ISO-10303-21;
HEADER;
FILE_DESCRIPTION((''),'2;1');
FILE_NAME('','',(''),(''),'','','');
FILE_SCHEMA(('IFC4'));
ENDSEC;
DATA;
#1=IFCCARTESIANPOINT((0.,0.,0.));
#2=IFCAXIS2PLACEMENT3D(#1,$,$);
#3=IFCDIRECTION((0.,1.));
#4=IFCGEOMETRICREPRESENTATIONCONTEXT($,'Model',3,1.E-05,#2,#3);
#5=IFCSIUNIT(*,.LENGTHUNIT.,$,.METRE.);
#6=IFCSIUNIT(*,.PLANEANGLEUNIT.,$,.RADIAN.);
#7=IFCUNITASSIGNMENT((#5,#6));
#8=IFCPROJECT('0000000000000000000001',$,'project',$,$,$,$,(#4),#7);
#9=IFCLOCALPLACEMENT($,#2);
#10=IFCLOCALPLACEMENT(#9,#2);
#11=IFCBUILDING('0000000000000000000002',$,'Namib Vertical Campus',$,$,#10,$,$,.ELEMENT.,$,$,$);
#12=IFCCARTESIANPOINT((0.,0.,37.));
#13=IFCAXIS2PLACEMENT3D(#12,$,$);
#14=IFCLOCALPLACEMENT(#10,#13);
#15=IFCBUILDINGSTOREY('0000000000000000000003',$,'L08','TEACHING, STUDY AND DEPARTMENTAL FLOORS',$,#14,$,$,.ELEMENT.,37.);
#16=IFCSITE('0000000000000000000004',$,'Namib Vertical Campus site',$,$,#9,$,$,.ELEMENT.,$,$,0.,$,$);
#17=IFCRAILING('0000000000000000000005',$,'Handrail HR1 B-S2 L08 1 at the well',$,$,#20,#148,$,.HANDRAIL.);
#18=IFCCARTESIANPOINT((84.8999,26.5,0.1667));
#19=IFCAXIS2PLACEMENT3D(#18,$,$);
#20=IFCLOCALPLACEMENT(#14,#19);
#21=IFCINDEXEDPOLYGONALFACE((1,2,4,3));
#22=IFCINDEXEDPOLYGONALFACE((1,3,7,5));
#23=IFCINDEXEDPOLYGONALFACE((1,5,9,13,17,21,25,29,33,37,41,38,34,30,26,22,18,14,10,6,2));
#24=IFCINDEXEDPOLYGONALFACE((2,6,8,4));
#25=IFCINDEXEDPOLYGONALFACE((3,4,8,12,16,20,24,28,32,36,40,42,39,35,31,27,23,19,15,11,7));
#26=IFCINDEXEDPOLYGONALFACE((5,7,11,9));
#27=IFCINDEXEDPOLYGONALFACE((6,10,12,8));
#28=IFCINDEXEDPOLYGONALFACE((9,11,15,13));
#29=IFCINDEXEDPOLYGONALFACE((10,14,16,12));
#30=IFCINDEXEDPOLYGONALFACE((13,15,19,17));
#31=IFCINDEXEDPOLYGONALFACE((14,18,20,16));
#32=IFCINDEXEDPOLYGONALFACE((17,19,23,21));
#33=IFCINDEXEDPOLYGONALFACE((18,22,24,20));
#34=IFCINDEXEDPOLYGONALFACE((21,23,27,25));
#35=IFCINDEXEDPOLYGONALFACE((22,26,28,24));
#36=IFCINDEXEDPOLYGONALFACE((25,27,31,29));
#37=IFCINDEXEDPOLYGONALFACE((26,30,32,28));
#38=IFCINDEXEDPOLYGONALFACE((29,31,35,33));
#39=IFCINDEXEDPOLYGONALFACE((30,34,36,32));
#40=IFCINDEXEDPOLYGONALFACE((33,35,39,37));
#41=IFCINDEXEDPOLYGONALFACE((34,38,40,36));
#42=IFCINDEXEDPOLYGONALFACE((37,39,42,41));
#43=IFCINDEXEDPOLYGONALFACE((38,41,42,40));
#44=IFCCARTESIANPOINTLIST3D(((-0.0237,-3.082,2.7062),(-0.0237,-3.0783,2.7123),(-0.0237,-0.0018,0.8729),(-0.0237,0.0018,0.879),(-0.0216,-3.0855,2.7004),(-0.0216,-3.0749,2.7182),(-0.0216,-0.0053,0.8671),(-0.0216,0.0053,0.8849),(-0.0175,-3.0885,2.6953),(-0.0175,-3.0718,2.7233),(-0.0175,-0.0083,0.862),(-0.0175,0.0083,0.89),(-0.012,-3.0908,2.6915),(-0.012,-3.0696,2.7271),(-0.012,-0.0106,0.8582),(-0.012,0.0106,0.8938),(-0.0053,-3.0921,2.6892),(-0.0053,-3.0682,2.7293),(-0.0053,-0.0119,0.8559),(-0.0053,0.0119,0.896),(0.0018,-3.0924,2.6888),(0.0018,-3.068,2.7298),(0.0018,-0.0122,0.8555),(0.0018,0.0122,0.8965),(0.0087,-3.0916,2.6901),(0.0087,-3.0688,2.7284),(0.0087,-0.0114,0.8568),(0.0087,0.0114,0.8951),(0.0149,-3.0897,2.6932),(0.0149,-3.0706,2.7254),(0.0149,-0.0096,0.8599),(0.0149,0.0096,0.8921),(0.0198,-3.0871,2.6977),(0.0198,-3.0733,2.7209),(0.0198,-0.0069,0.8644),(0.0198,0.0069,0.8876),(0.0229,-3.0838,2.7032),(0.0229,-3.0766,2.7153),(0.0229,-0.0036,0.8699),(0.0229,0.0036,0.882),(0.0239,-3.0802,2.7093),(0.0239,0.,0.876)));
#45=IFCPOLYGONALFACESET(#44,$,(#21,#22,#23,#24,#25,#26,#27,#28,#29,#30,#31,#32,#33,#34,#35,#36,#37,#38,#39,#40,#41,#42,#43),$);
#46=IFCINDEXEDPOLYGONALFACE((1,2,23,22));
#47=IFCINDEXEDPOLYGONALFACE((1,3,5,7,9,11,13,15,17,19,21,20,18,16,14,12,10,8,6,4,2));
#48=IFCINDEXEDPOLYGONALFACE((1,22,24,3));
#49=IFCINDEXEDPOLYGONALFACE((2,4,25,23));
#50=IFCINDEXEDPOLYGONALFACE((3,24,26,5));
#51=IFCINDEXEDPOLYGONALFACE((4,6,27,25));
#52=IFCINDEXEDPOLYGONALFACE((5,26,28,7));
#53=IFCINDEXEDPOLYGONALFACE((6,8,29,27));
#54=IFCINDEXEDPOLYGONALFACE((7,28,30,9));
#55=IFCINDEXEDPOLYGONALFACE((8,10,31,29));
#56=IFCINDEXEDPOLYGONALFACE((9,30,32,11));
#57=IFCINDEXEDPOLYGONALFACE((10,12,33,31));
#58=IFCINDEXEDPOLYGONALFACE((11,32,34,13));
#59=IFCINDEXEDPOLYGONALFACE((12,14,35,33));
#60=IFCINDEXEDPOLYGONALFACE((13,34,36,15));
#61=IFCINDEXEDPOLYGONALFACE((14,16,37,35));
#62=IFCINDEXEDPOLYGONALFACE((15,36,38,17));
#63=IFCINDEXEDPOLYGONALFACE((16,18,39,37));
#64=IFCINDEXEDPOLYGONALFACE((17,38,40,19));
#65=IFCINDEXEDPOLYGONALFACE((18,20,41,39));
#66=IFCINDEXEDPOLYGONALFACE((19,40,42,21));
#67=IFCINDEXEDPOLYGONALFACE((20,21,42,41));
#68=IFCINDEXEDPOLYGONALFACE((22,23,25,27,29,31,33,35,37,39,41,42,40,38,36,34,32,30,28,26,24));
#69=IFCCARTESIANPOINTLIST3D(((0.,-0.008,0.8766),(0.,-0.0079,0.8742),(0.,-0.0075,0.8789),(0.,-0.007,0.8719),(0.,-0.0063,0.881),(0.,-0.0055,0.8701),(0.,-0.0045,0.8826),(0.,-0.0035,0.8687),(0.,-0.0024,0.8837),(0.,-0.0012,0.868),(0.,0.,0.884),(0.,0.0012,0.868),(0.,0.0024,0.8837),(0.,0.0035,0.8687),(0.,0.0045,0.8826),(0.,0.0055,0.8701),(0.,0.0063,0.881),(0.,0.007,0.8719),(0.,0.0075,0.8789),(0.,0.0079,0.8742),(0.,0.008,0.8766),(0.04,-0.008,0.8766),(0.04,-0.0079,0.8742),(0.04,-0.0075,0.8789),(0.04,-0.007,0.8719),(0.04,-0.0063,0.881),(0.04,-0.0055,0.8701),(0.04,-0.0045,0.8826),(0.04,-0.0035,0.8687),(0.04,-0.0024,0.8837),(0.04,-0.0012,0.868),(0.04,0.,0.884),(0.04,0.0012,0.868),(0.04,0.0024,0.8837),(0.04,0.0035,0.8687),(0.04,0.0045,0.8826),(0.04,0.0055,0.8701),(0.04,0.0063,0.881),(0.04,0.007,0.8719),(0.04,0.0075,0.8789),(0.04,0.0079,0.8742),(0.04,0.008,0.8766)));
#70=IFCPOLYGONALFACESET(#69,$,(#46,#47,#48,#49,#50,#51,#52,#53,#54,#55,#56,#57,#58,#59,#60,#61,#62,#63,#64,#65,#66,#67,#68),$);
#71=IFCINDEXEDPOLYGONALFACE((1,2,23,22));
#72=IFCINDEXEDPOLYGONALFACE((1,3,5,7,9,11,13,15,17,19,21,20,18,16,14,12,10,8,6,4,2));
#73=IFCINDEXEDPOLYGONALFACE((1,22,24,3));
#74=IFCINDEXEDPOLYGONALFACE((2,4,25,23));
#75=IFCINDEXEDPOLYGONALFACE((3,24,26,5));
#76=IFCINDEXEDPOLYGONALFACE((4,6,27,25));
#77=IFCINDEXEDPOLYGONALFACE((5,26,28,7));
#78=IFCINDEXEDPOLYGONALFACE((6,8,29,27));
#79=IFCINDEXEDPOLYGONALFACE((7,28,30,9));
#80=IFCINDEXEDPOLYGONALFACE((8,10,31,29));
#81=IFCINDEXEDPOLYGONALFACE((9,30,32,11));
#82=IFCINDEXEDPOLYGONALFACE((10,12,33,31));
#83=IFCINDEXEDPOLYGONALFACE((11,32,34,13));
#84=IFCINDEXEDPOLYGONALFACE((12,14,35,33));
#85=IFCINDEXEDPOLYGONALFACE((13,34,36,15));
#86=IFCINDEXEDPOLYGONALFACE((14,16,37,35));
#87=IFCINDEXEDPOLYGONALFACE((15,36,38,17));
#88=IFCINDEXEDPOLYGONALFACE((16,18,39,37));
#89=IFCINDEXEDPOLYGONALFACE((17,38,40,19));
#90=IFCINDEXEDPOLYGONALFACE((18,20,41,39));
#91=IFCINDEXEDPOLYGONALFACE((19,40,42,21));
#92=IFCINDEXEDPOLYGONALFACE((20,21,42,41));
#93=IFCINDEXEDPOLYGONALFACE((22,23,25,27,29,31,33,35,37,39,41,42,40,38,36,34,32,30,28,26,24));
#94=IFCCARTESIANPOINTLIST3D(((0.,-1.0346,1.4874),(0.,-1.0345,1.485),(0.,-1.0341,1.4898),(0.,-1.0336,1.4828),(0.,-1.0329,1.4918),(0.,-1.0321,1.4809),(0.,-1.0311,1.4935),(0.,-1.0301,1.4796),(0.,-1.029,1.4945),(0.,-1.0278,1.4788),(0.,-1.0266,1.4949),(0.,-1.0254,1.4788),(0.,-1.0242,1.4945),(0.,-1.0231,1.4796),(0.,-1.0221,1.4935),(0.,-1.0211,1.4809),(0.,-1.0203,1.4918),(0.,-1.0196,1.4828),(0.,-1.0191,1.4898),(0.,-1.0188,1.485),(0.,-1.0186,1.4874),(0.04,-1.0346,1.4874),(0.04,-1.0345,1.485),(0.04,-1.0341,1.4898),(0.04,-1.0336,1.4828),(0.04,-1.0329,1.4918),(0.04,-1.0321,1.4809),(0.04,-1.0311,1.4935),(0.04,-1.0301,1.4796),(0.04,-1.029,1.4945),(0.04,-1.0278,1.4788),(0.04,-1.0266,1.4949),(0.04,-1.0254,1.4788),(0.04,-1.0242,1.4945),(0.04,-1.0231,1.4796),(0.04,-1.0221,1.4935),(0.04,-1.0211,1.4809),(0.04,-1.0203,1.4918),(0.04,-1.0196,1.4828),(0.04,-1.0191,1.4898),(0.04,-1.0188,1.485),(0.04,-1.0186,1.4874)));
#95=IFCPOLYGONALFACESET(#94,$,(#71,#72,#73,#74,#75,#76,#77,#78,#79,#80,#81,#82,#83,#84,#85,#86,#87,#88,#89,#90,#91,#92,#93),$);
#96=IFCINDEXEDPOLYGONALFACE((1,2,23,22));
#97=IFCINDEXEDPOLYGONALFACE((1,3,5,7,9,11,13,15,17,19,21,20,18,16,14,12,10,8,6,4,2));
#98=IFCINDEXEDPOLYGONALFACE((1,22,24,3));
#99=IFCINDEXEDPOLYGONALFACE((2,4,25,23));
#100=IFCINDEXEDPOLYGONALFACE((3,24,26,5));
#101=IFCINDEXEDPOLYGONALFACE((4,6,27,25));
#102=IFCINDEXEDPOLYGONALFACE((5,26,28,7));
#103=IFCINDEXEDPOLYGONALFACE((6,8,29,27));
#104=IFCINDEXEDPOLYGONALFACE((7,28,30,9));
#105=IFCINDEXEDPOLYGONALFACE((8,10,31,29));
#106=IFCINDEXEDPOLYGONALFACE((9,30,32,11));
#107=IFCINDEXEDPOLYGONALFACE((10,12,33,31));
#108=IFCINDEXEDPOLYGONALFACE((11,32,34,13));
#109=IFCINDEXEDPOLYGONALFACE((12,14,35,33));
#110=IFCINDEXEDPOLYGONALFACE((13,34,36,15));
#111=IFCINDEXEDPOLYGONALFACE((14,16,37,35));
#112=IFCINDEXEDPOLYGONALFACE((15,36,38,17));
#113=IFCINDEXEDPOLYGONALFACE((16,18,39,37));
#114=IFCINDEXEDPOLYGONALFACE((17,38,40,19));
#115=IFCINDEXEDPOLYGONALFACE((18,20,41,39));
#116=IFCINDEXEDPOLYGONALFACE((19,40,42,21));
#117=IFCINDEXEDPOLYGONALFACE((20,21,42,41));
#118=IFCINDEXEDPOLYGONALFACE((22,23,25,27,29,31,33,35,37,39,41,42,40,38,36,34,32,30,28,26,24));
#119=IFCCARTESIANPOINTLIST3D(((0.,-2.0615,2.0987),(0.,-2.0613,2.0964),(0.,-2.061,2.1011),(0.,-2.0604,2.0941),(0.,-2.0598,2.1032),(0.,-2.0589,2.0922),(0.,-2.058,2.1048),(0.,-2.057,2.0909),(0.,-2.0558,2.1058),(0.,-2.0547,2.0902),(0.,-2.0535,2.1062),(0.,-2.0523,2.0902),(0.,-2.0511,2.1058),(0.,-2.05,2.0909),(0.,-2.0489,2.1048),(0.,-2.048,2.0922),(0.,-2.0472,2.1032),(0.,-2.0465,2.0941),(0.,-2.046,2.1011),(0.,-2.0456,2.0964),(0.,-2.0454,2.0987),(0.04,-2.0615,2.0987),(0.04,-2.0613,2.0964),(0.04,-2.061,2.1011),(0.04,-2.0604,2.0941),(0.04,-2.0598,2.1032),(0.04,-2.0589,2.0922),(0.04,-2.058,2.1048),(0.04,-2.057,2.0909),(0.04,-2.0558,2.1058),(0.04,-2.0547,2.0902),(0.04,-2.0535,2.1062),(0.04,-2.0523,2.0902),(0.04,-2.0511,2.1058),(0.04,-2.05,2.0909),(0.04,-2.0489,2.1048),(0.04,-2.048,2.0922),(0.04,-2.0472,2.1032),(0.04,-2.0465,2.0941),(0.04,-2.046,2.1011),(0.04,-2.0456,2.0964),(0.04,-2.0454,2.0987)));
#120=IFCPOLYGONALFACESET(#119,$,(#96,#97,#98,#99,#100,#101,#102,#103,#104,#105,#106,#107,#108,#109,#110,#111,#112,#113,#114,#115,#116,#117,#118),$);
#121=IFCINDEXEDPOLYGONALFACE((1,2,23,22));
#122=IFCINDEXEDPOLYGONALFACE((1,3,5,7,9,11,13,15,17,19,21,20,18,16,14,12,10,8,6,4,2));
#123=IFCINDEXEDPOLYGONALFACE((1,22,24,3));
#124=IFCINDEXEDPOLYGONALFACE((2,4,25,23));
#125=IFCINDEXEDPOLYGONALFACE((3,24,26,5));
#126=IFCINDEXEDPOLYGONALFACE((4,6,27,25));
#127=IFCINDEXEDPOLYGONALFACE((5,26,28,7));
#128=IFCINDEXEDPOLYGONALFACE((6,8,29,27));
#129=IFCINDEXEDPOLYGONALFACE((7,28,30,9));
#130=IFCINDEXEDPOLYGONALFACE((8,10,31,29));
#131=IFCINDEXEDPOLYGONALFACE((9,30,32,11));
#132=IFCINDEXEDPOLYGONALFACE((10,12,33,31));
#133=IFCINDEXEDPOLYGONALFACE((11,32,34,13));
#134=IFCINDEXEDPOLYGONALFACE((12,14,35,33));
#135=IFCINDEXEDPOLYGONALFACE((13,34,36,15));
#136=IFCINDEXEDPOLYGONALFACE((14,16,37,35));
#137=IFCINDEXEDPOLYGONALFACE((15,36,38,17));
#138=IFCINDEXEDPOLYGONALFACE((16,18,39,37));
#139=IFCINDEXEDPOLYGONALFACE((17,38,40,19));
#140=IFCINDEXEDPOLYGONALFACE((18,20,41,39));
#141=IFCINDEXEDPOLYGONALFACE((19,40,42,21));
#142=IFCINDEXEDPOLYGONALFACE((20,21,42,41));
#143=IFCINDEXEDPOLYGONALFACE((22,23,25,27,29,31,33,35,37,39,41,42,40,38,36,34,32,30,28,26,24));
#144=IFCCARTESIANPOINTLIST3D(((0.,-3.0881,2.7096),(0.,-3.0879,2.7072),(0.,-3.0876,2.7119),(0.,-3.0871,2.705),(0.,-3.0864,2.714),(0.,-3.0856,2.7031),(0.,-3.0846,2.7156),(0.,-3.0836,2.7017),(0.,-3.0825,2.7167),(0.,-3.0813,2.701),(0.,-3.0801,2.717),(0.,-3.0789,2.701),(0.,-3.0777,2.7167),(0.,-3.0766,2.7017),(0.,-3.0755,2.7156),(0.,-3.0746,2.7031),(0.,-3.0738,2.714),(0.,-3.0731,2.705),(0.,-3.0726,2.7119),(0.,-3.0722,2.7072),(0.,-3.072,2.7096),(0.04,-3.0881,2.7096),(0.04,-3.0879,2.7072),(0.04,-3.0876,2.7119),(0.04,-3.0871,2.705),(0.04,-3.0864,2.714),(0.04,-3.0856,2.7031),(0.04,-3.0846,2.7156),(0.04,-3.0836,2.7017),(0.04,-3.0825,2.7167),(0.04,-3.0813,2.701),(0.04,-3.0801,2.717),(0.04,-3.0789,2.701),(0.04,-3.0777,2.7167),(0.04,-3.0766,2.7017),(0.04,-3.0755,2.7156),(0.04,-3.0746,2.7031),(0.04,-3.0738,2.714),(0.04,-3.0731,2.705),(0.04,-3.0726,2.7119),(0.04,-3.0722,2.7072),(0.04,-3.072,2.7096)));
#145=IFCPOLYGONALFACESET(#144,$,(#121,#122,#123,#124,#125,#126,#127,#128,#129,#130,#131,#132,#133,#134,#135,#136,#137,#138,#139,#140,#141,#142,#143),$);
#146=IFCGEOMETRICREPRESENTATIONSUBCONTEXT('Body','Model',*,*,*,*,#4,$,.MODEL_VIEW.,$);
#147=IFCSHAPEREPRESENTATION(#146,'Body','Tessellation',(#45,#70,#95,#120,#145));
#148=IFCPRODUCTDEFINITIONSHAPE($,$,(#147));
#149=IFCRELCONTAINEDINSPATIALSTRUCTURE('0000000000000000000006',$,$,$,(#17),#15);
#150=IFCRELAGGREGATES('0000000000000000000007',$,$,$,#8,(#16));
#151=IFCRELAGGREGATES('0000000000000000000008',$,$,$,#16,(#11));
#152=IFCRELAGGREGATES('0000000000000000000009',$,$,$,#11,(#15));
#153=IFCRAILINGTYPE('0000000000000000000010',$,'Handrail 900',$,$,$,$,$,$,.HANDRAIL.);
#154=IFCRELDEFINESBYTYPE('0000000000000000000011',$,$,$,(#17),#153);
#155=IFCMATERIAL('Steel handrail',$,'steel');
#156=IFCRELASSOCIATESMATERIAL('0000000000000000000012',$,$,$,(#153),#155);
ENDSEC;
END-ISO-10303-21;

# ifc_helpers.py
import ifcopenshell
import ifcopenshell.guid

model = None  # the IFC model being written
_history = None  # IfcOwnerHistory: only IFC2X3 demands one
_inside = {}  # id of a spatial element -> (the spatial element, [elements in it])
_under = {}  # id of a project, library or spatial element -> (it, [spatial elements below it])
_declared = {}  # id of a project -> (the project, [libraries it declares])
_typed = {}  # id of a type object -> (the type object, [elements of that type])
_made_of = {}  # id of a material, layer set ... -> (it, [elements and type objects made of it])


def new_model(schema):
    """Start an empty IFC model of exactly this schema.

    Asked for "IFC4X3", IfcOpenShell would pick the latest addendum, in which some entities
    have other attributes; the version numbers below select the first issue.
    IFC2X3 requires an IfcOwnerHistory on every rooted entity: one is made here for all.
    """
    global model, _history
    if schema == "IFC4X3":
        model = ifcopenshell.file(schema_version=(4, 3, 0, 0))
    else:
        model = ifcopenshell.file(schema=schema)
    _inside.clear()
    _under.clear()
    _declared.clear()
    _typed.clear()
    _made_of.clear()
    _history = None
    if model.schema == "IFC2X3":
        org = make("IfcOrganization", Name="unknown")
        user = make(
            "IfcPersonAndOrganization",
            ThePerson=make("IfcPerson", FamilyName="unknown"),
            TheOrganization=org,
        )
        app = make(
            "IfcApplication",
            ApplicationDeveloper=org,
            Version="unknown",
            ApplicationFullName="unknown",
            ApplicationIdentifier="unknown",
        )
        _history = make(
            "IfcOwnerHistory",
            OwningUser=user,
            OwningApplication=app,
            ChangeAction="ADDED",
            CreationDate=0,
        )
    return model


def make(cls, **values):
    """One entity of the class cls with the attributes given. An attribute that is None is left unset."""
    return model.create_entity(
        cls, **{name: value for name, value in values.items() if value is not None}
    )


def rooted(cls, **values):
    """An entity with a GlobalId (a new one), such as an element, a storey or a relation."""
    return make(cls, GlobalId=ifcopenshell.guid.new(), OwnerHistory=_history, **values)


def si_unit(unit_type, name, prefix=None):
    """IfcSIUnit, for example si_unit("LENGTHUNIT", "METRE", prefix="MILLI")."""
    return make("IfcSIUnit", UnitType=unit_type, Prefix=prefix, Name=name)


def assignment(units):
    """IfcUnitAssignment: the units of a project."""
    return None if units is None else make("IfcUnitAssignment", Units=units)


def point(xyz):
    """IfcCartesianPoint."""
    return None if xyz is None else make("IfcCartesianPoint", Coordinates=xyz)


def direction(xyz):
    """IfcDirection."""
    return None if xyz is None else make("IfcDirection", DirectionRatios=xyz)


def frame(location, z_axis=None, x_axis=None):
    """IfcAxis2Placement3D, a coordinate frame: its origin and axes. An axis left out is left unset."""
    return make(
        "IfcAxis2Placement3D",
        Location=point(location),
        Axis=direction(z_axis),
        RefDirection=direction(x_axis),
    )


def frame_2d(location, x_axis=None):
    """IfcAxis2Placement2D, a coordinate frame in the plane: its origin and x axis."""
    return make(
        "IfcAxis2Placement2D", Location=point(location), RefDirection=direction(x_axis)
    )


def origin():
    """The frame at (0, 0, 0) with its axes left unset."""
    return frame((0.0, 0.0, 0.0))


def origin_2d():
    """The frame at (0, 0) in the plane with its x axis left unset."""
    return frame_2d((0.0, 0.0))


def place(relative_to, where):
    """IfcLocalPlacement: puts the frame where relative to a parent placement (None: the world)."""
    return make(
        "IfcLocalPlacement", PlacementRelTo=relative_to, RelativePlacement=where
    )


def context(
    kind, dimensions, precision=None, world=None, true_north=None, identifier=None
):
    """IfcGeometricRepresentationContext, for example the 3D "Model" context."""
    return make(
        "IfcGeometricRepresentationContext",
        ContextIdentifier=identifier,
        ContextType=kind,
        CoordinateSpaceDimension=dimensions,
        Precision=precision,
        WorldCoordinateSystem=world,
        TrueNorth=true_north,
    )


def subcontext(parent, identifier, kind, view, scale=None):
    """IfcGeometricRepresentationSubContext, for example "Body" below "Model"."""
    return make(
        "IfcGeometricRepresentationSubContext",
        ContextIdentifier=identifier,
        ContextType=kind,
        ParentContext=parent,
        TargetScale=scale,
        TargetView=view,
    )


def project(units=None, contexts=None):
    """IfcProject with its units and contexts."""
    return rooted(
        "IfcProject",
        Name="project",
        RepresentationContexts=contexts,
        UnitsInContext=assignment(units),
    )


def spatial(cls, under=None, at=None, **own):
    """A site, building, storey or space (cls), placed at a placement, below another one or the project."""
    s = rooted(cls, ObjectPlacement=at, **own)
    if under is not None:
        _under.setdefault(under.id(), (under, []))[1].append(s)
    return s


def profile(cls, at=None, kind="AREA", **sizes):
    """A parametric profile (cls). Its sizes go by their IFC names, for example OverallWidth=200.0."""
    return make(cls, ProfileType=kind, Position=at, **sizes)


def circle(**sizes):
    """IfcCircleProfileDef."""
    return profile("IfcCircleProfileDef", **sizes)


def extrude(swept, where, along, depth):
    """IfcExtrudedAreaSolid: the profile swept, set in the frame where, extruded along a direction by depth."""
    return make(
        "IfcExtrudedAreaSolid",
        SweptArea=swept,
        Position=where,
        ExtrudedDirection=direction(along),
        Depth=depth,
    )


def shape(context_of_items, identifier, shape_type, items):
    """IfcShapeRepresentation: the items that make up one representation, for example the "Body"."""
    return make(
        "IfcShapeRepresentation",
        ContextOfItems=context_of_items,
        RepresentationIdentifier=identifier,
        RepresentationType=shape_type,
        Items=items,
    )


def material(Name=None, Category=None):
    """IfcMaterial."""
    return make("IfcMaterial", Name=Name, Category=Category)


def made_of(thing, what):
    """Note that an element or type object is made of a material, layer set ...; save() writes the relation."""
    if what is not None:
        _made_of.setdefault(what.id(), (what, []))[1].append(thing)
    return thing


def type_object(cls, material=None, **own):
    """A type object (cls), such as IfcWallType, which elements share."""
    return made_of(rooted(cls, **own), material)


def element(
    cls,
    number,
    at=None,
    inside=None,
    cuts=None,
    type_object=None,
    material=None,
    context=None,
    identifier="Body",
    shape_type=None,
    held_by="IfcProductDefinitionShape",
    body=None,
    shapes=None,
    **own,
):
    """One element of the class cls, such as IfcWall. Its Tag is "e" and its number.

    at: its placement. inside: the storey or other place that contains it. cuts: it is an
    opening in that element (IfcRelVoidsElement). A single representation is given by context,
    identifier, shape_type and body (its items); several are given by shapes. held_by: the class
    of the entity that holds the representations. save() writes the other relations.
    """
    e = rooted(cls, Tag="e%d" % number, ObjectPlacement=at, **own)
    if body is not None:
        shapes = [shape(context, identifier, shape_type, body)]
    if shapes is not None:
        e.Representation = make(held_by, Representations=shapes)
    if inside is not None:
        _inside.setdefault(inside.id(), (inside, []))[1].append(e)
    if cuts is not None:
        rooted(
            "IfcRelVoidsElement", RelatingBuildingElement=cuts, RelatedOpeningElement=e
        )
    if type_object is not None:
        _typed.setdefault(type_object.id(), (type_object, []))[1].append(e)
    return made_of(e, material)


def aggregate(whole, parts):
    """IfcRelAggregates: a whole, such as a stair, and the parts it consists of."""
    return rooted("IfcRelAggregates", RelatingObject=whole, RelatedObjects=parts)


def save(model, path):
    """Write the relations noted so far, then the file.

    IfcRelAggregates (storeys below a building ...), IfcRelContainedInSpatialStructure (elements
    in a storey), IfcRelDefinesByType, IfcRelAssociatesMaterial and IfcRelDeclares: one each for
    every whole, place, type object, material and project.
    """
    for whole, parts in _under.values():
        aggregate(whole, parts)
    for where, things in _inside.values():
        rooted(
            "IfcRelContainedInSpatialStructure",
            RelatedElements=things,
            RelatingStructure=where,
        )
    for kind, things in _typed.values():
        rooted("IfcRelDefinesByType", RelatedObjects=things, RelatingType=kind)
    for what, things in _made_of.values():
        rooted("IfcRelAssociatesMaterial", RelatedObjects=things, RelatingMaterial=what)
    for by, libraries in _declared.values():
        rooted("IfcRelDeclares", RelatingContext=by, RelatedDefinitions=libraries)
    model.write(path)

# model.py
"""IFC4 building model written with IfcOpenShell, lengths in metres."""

from ifc_helpers import new_model, si_unit, direction, frame, origin, origin_2d, place, context, subcontext, project, spatial, circle, extrude, material, type_object, element, save


model = new_model("IFC4")

# Units and contexts
model_context = context("Model", 3, precision=1e-05, world=origin(), true_north=direction((0.0, 1.0)))
body_context = subcontext(model_context, "Body", "Model", "MODEL_VIEW")
ifc_project = project(units=[si_unit("LENGTHUNIT", "METRE"), si_unit("PLANEANGLEUNIT", "RADIAN")], contexts=[model_context])

# Site, building, storey
site_placement = place(None, origin())
site = spatial("IfcSite", under=ifc_project, at=site_placement, Name="Namib Vertical Campus site", CompositionType="ELEMENT", RefElevation=0.0)
building_placement = place(site_placement, origin())
building = spatial("IfcBuilding", under=site, at=building_placement, Name="Namib Vertical Campus", CompositionType="ELEMENT")
storey_placement = place(building_placement, frame((0.0, 0.0, 37.0)))
storey = spatial("IfcBuildingStorey", under=building, at=storey_placement, Name="L08", Description="TEACHING, STUDY AND DEPARTMENTAL FLOORS", CompositionType="ELEMENT", Elevation=37.0)

# Railing
ifc_material_1 = material(Name="Steel handrail", Category="steel")
railing_type_1 = type_object("IfcRailingType", Name="Handrail 900", PredefinedType="HANDRAIL", material=ifc_material_1)
railing_1_placement = place(storey_placement, frame((84.8999, 26.5, 0.1667)))
element("IfcRailing", 1, at=railing_1_placement, inside=storey, type_object=railing_type_1, Name="Handrail HR1 B-S2 L08 1 at the well", PredefinedType="HANDRAIL", context=body_context, shape_type="SweptSolid", body=[
    extrude(circle(Radius=0.0239, at=origin_2d()), frame((0.0, 0.0, 0.876), z_axis=(0.0, -0.859309, 0.511458), x_axis=(1.0, 0.0, 0.0)), (0.0, 0.0, 1.0), 3.5845),
    extrude(circle(Radius=0.0081, at=origin_2d()), frame((0.0, 0.0, 0.876), z_axis=(1.0, 0.0, 0.0), x_axis=(0.0, 0.0, 1.0)), (0.0, 0.0, 1.0), 0.04),
    extrude(circle(Radius=0.0081, at=origin_2d()), frame((0.0, -1.0266, 1.4868), z_axis=(1.0, 0.0, 0.0), x_axis=(0.0, 0.0, 1.0)), (0.0, 0.0, 1.0), 0.04),
    extrude(circle(Radius=0.0081, at=origin_2d()), frame((0.0, -2.0535, 2.0981), z_axis=(1.0, 0.0, 0.0), x_axis=(0.0, 0.0, 1.0)), (0.0, 0.0, 1.0), 0.04),
    extrude(circle(Radius=0.0081, at=origin_2d()), frame((0.0, -3.0801, 2.709), z_axis=(1.0, 0.0, 0.0), x_axis=(0.0, 0.0, 1.0)), (0.0, 0.0, 1.0), 0.04),
])

save(model, "model.ifc")
